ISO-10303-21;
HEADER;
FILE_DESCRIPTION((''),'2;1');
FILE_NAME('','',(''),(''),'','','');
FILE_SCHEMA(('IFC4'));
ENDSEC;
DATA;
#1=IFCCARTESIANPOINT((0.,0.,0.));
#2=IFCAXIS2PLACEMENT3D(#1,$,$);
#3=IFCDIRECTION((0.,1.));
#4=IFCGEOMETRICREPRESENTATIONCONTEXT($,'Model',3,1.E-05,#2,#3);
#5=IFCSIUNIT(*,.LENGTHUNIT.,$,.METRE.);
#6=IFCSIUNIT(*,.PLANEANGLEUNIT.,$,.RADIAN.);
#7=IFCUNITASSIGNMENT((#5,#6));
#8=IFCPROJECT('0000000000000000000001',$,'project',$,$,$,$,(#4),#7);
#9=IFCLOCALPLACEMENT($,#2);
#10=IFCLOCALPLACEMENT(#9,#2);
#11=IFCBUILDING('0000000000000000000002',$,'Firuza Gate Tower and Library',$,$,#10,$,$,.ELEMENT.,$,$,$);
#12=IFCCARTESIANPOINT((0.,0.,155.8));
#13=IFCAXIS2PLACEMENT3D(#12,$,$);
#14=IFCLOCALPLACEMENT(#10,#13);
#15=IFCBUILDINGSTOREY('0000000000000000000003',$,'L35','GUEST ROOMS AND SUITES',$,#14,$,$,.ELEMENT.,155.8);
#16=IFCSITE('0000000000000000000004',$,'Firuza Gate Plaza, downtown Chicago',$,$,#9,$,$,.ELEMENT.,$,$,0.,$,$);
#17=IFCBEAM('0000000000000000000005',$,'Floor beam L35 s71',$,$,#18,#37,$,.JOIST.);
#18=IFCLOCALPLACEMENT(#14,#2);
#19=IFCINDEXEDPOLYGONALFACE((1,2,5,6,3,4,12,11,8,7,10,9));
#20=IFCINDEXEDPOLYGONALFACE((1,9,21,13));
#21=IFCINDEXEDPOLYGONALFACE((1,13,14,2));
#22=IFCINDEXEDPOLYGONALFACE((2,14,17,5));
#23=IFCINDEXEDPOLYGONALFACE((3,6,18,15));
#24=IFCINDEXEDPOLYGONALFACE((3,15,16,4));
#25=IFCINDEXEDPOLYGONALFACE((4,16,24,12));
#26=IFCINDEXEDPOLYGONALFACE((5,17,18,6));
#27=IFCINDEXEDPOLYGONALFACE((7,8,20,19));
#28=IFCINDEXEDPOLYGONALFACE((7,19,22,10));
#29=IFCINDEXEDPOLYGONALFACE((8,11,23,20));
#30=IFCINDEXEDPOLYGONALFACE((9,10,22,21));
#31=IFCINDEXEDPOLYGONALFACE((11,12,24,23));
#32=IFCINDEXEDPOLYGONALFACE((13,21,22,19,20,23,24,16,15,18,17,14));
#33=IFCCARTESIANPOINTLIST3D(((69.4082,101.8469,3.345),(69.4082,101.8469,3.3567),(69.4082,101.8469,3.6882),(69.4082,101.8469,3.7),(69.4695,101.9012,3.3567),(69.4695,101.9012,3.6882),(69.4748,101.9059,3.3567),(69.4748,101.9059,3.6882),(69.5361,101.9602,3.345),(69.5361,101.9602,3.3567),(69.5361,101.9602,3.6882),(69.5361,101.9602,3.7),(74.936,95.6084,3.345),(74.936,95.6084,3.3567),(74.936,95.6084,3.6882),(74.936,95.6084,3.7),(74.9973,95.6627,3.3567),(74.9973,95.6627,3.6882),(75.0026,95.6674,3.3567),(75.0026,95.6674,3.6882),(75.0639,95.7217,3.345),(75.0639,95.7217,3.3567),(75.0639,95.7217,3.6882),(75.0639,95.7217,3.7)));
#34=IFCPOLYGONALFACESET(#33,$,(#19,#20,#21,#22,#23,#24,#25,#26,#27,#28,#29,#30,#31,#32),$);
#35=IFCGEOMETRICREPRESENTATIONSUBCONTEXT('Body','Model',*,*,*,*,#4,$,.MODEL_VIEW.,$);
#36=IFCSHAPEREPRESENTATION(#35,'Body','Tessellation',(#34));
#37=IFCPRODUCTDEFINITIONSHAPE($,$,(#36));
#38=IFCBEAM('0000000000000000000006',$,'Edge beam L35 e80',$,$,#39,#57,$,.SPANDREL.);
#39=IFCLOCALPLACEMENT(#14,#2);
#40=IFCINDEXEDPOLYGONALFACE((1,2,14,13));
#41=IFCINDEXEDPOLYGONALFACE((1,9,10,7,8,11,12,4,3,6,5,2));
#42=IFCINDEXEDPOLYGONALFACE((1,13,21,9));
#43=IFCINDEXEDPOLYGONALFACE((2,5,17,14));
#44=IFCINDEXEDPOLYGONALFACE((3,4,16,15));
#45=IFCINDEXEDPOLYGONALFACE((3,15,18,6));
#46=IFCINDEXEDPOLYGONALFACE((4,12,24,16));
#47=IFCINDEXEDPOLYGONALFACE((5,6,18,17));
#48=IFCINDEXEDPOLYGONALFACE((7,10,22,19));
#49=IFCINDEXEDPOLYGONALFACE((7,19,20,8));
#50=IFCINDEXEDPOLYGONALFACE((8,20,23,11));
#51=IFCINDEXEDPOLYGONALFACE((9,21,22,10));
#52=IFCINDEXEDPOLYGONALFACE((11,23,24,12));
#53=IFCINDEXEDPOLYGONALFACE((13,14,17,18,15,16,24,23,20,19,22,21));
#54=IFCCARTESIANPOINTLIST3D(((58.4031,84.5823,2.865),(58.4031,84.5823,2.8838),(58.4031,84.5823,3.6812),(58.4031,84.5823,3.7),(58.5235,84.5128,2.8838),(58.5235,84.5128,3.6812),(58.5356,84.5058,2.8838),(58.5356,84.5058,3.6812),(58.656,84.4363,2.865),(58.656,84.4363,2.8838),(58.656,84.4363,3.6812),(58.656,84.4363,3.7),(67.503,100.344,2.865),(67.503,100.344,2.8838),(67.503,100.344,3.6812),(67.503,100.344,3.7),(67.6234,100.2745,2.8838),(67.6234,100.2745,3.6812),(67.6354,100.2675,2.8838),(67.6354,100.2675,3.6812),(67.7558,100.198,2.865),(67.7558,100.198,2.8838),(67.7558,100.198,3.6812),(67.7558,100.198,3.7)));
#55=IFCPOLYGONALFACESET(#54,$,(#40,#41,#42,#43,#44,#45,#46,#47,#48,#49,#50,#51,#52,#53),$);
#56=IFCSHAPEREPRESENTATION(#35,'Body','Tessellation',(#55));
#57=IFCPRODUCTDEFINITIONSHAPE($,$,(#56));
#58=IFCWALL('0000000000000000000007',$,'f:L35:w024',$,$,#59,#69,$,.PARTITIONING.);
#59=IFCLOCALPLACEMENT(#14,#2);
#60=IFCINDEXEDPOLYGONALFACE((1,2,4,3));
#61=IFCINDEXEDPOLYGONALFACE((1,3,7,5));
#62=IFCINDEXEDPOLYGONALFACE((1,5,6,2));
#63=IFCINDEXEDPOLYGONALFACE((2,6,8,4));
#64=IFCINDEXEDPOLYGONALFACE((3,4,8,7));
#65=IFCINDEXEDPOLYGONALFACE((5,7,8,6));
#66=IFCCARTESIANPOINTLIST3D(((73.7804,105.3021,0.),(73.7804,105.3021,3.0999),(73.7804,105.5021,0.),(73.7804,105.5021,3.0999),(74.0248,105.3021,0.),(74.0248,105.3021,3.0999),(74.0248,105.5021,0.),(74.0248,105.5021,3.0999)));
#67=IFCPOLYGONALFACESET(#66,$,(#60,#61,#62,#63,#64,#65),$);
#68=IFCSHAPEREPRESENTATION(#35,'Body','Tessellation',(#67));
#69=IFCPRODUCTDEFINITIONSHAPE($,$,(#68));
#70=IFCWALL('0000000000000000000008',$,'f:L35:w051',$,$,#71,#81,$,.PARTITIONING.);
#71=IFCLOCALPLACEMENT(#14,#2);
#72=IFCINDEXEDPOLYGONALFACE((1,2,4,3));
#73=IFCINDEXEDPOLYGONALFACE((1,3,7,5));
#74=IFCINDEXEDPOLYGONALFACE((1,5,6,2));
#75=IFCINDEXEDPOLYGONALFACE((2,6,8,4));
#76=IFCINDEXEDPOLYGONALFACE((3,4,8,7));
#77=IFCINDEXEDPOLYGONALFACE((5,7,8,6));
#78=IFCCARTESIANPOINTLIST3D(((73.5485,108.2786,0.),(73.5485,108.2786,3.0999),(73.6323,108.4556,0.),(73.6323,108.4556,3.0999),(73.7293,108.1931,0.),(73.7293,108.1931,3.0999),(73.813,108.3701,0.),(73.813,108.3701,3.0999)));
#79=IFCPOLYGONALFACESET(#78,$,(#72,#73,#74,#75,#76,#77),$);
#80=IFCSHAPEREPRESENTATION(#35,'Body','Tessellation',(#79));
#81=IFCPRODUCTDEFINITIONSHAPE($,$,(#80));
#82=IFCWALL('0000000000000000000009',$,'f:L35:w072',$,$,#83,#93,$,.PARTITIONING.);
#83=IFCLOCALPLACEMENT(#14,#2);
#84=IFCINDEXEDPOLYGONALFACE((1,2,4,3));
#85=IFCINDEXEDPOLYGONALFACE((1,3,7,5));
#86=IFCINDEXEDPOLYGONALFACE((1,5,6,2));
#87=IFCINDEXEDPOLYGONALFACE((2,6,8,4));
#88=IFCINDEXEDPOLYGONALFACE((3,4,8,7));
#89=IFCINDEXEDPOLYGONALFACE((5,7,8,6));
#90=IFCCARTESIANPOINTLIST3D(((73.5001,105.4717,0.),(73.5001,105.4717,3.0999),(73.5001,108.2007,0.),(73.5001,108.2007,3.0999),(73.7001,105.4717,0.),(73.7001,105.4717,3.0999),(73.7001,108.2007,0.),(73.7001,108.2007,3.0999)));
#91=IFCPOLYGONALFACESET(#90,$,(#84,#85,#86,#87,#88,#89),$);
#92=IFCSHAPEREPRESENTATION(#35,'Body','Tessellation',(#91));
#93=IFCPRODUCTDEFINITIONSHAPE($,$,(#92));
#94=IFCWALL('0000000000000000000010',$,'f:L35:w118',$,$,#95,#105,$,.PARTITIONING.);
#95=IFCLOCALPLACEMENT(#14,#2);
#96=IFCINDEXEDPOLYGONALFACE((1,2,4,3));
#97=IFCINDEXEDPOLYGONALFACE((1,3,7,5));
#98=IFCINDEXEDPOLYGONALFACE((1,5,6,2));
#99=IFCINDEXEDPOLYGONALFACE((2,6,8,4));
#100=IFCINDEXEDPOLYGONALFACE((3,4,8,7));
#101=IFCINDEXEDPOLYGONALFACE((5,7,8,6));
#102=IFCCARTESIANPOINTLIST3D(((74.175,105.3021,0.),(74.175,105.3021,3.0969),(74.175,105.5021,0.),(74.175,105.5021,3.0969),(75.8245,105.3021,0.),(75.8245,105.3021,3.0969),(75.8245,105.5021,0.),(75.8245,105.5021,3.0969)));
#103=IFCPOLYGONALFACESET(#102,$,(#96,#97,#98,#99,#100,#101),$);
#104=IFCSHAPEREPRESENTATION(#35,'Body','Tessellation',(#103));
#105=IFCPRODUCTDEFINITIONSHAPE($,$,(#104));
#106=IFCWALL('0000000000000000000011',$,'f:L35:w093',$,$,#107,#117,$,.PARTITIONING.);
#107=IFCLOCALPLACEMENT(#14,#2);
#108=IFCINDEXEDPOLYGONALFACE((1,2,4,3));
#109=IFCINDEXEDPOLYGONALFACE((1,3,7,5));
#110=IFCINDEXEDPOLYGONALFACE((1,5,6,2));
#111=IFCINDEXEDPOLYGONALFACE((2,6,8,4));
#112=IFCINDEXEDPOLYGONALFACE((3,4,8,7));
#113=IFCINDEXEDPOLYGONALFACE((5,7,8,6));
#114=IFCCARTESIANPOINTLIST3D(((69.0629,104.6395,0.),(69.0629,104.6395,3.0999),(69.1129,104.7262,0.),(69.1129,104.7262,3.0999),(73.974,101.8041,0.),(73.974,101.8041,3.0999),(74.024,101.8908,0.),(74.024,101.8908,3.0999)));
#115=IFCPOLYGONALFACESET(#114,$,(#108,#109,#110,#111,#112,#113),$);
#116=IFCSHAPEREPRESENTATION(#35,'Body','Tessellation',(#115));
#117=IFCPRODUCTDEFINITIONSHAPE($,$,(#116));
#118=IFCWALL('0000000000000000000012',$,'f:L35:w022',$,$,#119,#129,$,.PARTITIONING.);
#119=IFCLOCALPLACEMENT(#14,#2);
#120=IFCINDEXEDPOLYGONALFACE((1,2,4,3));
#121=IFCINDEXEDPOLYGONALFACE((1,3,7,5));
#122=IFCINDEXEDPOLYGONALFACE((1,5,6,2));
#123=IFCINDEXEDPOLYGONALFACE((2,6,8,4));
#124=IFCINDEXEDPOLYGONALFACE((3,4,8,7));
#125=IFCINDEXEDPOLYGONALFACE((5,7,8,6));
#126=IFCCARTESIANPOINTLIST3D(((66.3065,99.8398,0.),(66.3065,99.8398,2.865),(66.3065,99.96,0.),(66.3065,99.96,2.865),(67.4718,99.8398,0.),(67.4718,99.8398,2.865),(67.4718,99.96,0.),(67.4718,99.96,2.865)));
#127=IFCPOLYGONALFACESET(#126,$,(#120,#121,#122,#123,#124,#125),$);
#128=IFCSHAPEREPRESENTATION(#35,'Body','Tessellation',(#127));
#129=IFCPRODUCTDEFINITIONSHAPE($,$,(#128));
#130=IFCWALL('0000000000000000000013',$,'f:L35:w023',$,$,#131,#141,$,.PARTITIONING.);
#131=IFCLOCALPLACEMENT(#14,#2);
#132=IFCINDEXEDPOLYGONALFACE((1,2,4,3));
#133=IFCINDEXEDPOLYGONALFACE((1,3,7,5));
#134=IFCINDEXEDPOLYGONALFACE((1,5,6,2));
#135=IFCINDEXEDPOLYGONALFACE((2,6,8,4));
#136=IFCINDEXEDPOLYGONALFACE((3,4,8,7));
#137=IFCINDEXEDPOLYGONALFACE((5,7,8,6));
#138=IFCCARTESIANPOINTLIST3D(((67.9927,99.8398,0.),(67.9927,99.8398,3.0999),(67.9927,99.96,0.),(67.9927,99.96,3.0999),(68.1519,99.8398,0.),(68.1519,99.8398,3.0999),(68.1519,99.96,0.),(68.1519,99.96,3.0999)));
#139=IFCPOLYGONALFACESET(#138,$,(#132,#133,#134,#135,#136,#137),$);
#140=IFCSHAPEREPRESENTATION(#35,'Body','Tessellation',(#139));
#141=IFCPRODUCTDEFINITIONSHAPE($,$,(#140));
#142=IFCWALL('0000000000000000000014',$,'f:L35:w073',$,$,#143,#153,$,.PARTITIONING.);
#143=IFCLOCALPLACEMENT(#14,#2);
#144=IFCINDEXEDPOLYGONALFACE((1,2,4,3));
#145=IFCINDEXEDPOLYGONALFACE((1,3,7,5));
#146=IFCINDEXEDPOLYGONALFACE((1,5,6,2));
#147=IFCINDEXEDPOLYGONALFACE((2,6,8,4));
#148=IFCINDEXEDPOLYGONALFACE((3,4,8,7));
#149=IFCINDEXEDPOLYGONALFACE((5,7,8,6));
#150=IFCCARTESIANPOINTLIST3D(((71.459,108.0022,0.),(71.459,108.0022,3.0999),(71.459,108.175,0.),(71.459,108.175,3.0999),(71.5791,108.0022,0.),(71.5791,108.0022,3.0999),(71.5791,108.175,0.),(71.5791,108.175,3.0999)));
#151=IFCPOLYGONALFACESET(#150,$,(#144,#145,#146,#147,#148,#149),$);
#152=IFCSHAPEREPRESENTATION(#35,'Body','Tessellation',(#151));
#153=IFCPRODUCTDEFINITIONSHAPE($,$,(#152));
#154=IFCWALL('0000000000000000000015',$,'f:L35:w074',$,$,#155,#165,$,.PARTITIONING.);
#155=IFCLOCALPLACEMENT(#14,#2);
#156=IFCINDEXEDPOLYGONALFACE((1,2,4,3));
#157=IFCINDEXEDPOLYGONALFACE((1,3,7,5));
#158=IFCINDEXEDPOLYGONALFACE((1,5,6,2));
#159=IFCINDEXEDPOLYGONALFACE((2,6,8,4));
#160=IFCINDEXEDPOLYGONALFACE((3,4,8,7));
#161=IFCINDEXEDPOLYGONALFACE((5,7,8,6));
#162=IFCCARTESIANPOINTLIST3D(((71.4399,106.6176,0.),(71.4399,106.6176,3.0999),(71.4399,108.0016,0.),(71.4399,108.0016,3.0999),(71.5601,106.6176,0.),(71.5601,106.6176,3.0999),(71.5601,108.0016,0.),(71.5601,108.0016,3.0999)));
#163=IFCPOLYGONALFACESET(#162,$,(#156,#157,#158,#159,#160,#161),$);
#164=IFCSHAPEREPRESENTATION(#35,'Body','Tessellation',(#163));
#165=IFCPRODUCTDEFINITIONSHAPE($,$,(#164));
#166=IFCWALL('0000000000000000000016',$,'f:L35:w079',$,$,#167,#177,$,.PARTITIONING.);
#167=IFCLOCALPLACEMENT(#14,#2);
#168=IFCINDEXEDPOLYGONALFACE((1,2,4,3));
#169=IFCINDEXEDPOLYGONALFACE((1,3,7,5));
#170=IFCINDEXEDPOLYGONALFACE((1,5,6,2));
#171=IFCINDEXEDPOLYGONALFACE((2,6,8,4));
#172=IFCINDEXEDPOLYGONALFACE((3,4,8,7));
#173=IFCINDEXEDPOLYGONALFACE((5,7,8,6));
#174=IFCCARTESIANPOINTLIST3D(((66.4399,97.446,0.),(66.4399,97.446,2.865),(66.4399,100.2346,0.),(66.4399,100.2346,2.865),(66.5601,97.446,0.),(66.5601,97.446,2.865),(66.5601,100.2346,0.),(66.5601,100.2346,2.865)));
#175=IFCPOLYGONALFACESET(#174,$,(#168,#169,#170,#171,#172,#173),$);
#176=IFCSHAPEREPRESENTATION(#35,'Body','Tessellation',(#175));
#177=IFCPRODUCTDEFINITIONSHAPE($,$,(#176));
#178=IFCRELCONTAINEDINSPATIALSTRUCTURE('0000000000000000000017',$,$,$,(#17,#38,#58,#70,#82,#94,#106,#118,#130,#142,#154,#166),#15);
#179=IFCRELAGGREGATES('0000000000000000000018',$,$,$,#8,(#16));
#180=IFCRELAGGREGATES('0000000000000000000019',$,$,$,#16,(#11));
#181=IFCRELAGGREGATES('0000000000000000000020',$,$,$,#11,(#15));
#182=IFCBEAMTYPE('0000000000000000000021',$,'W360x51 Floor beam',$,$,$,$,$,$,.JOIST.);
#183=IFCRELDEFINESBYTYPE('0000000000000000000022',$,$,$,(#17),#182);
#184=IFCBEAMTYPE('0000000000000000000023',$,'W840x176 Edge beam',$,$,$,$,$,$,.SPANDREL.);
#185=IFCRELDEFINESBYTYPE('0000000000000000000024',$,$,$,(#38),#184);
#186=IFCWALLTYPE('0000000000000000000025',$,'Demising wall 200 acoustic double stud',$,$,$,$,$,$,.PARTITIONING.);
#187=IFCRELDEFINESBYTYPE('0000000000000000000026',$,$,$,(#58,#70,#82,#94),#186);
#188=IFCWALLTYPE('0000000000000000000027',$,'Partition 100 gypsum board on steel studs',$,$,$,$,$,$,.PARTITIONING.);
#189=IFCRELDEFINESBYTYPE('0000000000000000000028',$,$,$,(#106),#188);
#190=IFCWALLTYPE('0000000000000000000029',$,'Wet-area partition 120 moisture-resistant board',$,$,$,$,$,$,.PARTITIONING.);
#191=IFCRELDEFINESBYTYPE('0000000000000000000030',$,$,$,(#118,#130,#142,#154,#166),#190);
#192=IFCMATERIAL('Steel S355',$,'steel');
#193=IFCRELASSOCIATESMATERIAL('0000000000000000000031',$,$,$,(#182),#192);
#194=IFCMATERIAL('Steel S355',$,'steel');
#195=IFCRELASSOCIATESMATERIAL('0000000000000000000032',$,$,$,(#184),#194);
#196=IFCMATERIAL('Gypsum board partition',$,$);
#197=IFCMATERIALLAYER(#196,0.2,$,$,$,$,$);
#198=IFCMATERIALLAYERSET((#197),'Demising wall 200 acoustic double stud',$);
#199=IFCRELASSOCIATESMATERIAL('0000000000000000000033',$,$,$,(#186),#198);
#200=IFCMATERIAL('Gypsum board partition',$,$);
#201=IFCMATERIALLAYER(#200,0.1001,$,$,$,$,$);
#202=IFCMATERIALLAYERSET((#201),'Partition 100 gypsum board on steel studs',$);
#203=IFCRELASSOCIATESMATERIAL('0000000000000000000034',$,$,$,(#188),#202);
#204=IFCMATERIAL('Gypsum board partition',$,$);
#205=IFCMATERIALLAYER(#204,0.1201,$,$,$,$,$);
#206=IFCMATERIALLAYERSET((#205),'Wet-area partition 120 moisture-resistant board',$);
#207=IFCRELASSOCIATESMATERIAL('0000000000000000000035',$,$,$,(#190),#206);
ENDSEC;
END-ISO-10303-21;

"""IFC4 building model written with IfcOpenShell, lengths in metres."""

from ifc_helpers import new_model, si_unit, direction, frame, frame_2d, origin, origin_2d, place, context, subcontext, project, spatial, rectangle, i_section, extrude, material, layer, layer_set, material_profile, profile_set, type_object, element, save


model = new_model("IFC4")

# Units and contexts
model_context = context("Model", 3, precision=1e-05, world=origin(), true_north=direction((0.0, 1.0)))
body_context = subcontext(model_context, "Body", "Model", "MODEL_VIEW")
ifc_project = project(units=[si_unit("LENGTHUNIT", "METRE"), si_unit("PLANEANGLEUNIT", "RADIAN")], contexts=[model_context])

# Site, building, storey
site_placement = place(None, origin())
site = spatial("IfcSite", under=ifc_project, at=site_placement, Name="Firuza Gate Plaza, downtown Chicago", CompositionType="ELEMENT", RefElevation=0.0)
building_placement = place(site_placement, origin())
building = spatial("IfcBuilding", under=site, at=building_placement, Name="Firuza Gate Tower and Library", CompositionType="ELEMENT")
storey_placement = place(building_placement, frame((0.0, 0.0, 155.8)))
storey = spatial("IfcBuildingStorey", under=building, at=storey_placement, Name="L35", Description="GUEST ROOMS AND SUITES", CompositionType="ELEMENT", Elevation=155.8)

# Beams
ifc_material_1 = material(Name="Steel S355", Category="steel")
ifc_material_profile_1 = material_profile(ifc_material_1, i_section(OverallWidth=0.1709, OverallDepth=0.355, WebThickness=0.0071, FlangeThickness=0.0117, at=origin_2d()))
ifc_profile_set_1 = profile_set([ifc_material_profile_1], Name="Steel S355")
beam_type_1 = type_object("IfcBeamType", Name="W360x51 Floor beam", PredefinedType="JOIST", material=ifc_profile_set_1)
beam_1_placement = place(storey_placement, frame((69.4722, 101.9036, 3.5225), z_axis=(0.663189, -0.748452, 0.0), x_axis=(0.748452, 0.663189, 0.0)))
element("IfcBeam", 1, at=beam_1_placement, inside=storey, type_object=beam_type_1, Name="Floor beam L35 s71", PredefinedType="JOIST", context=body_context, shape_type="SweptSolid", body=[
    extrude(i_section(OverallWidth=0.1709, OverallDepth=0.355, WebThickness=0.0071, FlangeThickness=0.0117, at=origin_2d()), origin(), (0.0, 0.0, 1.0), 8.3352),
])
ifc_material_2 = material(Name="Steel S355", Category="steel")
ifc_material_profile_2 = material_profile(ifc_material_2, i_section(OverallWidth=0.292, OverallDepth=0.835, WebThickness=0.0139, FlangeThickness=0.0188, at=origin_2d()))
ifc_profile_set_2 = profile_set([ifc_material_profile_2], Name="Steel S355")
beam_type_2 = type_object("IfcBeamType", Name="W840x176 Edge beam", PredefinedType="SPANDREL", material=ifc_profile_set_2)
beam_2_placement = place(storey_placement, frame((67.6294, 100.271, 3.2825), z_axis=(-0.499993, -0.86603, 0.0), x_axis=(0.86603, -0.499993, 0.0)))
element("IfcBeam", 2, at=beam_2_placement, inside=storey, type_object=beam_type_2, Name="Edge beam L35 e80", PredefinedType="SPANDREL", context=body_context, shape_type="SweptSolid", body=[
    extrude(i_section(OverallWidth=0.292, OverallDepth=0.835, WebThickness=0.0139, FlangeThickness=0.0188, at=origin_2d()), origin(), (0.0, 0.0, 1.0), 18.2),
])

# Walls
ifc_material_3 = material(Name="Gypsum board partition")
ifc_layer_1 = layer(ifc_material_3, 0.2)
ifc_layer_set_1 = layer_set([ifc_layer_1], Name="Demising wall 200 acoustic double stud")
wall_type_1 = type_object("IfcWallType", Name="Demising wall 200 acoustic double stud", PredefinedType="PARTITIONING", material=ifc_layer_set_1)
wall_1_placement = place(storey_placement, frame((73.7805, 105.4021, 0.0), z_axis=(0.0, 0.0, 1.0), x_axis=(1.0, 0.0, 0.0)))
element("IfcWall", 3, at=wall_1_placement, inside=storey, type_object=wall_type_1, Name="f:L35:w024", PredefinedType="PARTITIONING", context=body_context, shape_type="SweptSolid", body=[
    extrude(rectangle(XDim=0.2444, YDim=0.2, at=frame_2d((0.1221, 0.0))), origin(), (0.0, 0.0, 1.0), 3.0999),
])
wall_2_placement = place(storey_placement, frame((73.7227, 108.4128, 0.0), z_axis=(0.0, 0.0, 1.0), x_axis=(-0.427658, -0.903941, 0.0)))
element("IfcWall", 4, at=wall_2_placement, inside=storey, type_object=wall_type_1, Name="f:L35:w051", PredefinedType="PARTITIONING", context=body_context, shape_type="SweptSolid", body=[
    extrude(rectangle(XDim=0.1958, YDim=0.2, at=frame_2d((0.0979, 0.0))), origin(), (0.0, 0.0, 1.0), 3.0999),
])
wall_3_placement = place(storey_placement, frame((73.6001, 105.4717, 0.0), z_axis=(0.0, 0.0, 1.0), x_axis=(0.0, 1.0, 0.0)))
element("IfcWall", 5, at=wall_3_placement, inside=storey, type_object=wall_type_1, Name="f:L35:w072", PredefinedType="PARTITIONING", context=body_context, shape_type="SweptSolid", body=[
    extrude(rectangle(XDim=2.729, YDim=0.2, at=frame_2d((1.3645, 0.0))), origin(), (0.0, 0.0, 1.0), 3.0999),
])
wall_4_placement = place(storey_placement, frame((74.175, 105.4021, 0.0), z_axis=(0.0, 0.0, 1.0), x_axis=(1.0, 0.0, 0.0)))
element("IfcWall", 6, at=wall_4_placement, inside=storey, type_object=wall_type_1, Name="f:L35:w118", PredefinedType="PARTITIONING", context=body_context, shape_type="SweptSolid", body=[
    extrude(rectangle(XDim=1.6494, YDim=0.2, at=frame_2d((0.8247, 0.0))), origin(), (0.0, 0.0, 1.0), 3.0969),
])
ifc_material_4 = material(Name="Gypsum board partition")
ifc_layer_2 = layer(ifc_material_4, 0.1001)
ifc_layer_set_2 = layer_set([ifc_layer_2], Name="Partition 100 gypsum board on steel studs")
wall_type_2 = type_object("IfcWallType", Name="Partition 100 gypsum board on steel studs", PredefinedType="PARTITIONING", material=ifc_layer_set_2)
wall_5_placement = place(storey_placement, frame((73.999, 101.8474, 0.0), z_axis=(0.0, 0.0, 1.0), x_axis=(-0.866025, 0.500001, 0.0)))
element("IfcWall", 7, at=wall_5_placement, inside=storey, type_object=wall_type_2, Name="f:L35:w093", PredefinedType="PARTITIONING", context=body_context, shape_type="SweptSolid", body=[
    extrude(rectangle(XDim=5.6709, YDim=0.1001, at=frame_2d((2.8354, 0.0))), origin(), (0.0, 0.0, 1.0), 3.0999),
])
ifc_material_5 = material(Name="Gypsum board partition")
ifc_layer_3 = layer(ifc_material_5, 0.1201)
ifc_layer_set_3 = layer_set([ifc_layer_3], Name="Wet-area partition 120 moisture-resistant board")
wall_type_3 = type_object("IfcWallType", Name="Wet-area partition 120 moisture-resistant board", PredefinedType="PARTITIONING", material=ifc_layer_set_3)
wall_6_placement = place(storey_placement, frame((66.3066, 99.8999, 0.0), z_axis=(0.0, 0.0, 1.0), x_axis=(1.0, 0.0, 0.0)))
element("IfcWall", 8, at=wall_6_placement, inside=storey, type_object=wall_type_3, Name="f:L35:w022", PredefinedType="PARTITIONING", context=body_context, shape_type="SweptSolid", body=[
    extrude(rectangle(XDim=1.1653, YDim=0.1201, at=frame_2d((0.5825, 0.0))), origin(), (0.0, 0.0, 1.0), 2.865),
])
wall_7_placement = place(storey_placement, frame((67.9927, 99.8999, 0.0), z_axis=(0.0, 0.0, 1.0), x_axis=(1.0, 0.0, 0.0)))
element("IfcWall", 9, at=wall_7_placement, inside=storey, type_object=wall_type_3, Name="f:L35:w023", PredefinedType="PARTITIONING", context=body_context, shape_type="SweptSolid", body=[
    extrude(rectangle(XDim=0.1592, YDim=0.1201, at=frame_2d((0.0796, 0.0))), origin(), (0.0, 0.0, 1.0), 3.0999),
])
wall_8_placement = place(storey_placement, frame((71.519, 108.0022, 0.0), z_axis=(0.0, 0.0, 1.0), x_axis=(0.0, 1.0, 0.0)))
element("IfcWall", 10, at=wall_8_placement, inside=storey, type_object=wall_type_3, Name="f:L35:w073", PredefinedType="PARTITIONING", context=body_context, shape_type="SweptSolid", body=[
    extrude(rectangle(XDim=0.1729, YDim=0.1201, at=frame_2d((0.0864, 0.0))), origin(), (0.0, 0.0, 1.0), 3.0999),
])
wall_9_placement = place(storey_placement, frame((71.5, 106.6177, 0.0), z_axis=(0.0, 0.0, 1.0), x_axis=(0.0, 1.0, 0.0)))
element("IfcWall", 11, at=wall_9_placement, inside=storey, type_object=wall_type_3, Name="f:L35:w074", PredefinedType="PARTITIONING", context=body_context, shape_type="SweptSolid", body=[
    extrude(rectangle(XDim=1.384, YDim=0.1201, at=frame_2d((0.6919, 0.0))), origin(), (0.0, 0.0, 1.0), 3.0999),
])
wall_10_placement = place(storey_placement, frame((66.5, 97.446, 0.0), z_axis=(0.0, 0.0, 1.0), x_axis=(0.0, 1.0, 0.0)))
element("IfcWall", 12, at=wall_10_placement, inside=storey, type_object=wall_type_3, Name="f:L35:w079", PredefinedType="PARTITIONING", context=body_context, shape_type="SweptSolid", body=[
    extrude(rectangle(XDim=2.7886, YDim=0.1201, at=frame_2d((1.3943, 0.0))), origin(), (0.0, 0.0, 1.0), 2.865),
])

save(model, "model.ifc")
